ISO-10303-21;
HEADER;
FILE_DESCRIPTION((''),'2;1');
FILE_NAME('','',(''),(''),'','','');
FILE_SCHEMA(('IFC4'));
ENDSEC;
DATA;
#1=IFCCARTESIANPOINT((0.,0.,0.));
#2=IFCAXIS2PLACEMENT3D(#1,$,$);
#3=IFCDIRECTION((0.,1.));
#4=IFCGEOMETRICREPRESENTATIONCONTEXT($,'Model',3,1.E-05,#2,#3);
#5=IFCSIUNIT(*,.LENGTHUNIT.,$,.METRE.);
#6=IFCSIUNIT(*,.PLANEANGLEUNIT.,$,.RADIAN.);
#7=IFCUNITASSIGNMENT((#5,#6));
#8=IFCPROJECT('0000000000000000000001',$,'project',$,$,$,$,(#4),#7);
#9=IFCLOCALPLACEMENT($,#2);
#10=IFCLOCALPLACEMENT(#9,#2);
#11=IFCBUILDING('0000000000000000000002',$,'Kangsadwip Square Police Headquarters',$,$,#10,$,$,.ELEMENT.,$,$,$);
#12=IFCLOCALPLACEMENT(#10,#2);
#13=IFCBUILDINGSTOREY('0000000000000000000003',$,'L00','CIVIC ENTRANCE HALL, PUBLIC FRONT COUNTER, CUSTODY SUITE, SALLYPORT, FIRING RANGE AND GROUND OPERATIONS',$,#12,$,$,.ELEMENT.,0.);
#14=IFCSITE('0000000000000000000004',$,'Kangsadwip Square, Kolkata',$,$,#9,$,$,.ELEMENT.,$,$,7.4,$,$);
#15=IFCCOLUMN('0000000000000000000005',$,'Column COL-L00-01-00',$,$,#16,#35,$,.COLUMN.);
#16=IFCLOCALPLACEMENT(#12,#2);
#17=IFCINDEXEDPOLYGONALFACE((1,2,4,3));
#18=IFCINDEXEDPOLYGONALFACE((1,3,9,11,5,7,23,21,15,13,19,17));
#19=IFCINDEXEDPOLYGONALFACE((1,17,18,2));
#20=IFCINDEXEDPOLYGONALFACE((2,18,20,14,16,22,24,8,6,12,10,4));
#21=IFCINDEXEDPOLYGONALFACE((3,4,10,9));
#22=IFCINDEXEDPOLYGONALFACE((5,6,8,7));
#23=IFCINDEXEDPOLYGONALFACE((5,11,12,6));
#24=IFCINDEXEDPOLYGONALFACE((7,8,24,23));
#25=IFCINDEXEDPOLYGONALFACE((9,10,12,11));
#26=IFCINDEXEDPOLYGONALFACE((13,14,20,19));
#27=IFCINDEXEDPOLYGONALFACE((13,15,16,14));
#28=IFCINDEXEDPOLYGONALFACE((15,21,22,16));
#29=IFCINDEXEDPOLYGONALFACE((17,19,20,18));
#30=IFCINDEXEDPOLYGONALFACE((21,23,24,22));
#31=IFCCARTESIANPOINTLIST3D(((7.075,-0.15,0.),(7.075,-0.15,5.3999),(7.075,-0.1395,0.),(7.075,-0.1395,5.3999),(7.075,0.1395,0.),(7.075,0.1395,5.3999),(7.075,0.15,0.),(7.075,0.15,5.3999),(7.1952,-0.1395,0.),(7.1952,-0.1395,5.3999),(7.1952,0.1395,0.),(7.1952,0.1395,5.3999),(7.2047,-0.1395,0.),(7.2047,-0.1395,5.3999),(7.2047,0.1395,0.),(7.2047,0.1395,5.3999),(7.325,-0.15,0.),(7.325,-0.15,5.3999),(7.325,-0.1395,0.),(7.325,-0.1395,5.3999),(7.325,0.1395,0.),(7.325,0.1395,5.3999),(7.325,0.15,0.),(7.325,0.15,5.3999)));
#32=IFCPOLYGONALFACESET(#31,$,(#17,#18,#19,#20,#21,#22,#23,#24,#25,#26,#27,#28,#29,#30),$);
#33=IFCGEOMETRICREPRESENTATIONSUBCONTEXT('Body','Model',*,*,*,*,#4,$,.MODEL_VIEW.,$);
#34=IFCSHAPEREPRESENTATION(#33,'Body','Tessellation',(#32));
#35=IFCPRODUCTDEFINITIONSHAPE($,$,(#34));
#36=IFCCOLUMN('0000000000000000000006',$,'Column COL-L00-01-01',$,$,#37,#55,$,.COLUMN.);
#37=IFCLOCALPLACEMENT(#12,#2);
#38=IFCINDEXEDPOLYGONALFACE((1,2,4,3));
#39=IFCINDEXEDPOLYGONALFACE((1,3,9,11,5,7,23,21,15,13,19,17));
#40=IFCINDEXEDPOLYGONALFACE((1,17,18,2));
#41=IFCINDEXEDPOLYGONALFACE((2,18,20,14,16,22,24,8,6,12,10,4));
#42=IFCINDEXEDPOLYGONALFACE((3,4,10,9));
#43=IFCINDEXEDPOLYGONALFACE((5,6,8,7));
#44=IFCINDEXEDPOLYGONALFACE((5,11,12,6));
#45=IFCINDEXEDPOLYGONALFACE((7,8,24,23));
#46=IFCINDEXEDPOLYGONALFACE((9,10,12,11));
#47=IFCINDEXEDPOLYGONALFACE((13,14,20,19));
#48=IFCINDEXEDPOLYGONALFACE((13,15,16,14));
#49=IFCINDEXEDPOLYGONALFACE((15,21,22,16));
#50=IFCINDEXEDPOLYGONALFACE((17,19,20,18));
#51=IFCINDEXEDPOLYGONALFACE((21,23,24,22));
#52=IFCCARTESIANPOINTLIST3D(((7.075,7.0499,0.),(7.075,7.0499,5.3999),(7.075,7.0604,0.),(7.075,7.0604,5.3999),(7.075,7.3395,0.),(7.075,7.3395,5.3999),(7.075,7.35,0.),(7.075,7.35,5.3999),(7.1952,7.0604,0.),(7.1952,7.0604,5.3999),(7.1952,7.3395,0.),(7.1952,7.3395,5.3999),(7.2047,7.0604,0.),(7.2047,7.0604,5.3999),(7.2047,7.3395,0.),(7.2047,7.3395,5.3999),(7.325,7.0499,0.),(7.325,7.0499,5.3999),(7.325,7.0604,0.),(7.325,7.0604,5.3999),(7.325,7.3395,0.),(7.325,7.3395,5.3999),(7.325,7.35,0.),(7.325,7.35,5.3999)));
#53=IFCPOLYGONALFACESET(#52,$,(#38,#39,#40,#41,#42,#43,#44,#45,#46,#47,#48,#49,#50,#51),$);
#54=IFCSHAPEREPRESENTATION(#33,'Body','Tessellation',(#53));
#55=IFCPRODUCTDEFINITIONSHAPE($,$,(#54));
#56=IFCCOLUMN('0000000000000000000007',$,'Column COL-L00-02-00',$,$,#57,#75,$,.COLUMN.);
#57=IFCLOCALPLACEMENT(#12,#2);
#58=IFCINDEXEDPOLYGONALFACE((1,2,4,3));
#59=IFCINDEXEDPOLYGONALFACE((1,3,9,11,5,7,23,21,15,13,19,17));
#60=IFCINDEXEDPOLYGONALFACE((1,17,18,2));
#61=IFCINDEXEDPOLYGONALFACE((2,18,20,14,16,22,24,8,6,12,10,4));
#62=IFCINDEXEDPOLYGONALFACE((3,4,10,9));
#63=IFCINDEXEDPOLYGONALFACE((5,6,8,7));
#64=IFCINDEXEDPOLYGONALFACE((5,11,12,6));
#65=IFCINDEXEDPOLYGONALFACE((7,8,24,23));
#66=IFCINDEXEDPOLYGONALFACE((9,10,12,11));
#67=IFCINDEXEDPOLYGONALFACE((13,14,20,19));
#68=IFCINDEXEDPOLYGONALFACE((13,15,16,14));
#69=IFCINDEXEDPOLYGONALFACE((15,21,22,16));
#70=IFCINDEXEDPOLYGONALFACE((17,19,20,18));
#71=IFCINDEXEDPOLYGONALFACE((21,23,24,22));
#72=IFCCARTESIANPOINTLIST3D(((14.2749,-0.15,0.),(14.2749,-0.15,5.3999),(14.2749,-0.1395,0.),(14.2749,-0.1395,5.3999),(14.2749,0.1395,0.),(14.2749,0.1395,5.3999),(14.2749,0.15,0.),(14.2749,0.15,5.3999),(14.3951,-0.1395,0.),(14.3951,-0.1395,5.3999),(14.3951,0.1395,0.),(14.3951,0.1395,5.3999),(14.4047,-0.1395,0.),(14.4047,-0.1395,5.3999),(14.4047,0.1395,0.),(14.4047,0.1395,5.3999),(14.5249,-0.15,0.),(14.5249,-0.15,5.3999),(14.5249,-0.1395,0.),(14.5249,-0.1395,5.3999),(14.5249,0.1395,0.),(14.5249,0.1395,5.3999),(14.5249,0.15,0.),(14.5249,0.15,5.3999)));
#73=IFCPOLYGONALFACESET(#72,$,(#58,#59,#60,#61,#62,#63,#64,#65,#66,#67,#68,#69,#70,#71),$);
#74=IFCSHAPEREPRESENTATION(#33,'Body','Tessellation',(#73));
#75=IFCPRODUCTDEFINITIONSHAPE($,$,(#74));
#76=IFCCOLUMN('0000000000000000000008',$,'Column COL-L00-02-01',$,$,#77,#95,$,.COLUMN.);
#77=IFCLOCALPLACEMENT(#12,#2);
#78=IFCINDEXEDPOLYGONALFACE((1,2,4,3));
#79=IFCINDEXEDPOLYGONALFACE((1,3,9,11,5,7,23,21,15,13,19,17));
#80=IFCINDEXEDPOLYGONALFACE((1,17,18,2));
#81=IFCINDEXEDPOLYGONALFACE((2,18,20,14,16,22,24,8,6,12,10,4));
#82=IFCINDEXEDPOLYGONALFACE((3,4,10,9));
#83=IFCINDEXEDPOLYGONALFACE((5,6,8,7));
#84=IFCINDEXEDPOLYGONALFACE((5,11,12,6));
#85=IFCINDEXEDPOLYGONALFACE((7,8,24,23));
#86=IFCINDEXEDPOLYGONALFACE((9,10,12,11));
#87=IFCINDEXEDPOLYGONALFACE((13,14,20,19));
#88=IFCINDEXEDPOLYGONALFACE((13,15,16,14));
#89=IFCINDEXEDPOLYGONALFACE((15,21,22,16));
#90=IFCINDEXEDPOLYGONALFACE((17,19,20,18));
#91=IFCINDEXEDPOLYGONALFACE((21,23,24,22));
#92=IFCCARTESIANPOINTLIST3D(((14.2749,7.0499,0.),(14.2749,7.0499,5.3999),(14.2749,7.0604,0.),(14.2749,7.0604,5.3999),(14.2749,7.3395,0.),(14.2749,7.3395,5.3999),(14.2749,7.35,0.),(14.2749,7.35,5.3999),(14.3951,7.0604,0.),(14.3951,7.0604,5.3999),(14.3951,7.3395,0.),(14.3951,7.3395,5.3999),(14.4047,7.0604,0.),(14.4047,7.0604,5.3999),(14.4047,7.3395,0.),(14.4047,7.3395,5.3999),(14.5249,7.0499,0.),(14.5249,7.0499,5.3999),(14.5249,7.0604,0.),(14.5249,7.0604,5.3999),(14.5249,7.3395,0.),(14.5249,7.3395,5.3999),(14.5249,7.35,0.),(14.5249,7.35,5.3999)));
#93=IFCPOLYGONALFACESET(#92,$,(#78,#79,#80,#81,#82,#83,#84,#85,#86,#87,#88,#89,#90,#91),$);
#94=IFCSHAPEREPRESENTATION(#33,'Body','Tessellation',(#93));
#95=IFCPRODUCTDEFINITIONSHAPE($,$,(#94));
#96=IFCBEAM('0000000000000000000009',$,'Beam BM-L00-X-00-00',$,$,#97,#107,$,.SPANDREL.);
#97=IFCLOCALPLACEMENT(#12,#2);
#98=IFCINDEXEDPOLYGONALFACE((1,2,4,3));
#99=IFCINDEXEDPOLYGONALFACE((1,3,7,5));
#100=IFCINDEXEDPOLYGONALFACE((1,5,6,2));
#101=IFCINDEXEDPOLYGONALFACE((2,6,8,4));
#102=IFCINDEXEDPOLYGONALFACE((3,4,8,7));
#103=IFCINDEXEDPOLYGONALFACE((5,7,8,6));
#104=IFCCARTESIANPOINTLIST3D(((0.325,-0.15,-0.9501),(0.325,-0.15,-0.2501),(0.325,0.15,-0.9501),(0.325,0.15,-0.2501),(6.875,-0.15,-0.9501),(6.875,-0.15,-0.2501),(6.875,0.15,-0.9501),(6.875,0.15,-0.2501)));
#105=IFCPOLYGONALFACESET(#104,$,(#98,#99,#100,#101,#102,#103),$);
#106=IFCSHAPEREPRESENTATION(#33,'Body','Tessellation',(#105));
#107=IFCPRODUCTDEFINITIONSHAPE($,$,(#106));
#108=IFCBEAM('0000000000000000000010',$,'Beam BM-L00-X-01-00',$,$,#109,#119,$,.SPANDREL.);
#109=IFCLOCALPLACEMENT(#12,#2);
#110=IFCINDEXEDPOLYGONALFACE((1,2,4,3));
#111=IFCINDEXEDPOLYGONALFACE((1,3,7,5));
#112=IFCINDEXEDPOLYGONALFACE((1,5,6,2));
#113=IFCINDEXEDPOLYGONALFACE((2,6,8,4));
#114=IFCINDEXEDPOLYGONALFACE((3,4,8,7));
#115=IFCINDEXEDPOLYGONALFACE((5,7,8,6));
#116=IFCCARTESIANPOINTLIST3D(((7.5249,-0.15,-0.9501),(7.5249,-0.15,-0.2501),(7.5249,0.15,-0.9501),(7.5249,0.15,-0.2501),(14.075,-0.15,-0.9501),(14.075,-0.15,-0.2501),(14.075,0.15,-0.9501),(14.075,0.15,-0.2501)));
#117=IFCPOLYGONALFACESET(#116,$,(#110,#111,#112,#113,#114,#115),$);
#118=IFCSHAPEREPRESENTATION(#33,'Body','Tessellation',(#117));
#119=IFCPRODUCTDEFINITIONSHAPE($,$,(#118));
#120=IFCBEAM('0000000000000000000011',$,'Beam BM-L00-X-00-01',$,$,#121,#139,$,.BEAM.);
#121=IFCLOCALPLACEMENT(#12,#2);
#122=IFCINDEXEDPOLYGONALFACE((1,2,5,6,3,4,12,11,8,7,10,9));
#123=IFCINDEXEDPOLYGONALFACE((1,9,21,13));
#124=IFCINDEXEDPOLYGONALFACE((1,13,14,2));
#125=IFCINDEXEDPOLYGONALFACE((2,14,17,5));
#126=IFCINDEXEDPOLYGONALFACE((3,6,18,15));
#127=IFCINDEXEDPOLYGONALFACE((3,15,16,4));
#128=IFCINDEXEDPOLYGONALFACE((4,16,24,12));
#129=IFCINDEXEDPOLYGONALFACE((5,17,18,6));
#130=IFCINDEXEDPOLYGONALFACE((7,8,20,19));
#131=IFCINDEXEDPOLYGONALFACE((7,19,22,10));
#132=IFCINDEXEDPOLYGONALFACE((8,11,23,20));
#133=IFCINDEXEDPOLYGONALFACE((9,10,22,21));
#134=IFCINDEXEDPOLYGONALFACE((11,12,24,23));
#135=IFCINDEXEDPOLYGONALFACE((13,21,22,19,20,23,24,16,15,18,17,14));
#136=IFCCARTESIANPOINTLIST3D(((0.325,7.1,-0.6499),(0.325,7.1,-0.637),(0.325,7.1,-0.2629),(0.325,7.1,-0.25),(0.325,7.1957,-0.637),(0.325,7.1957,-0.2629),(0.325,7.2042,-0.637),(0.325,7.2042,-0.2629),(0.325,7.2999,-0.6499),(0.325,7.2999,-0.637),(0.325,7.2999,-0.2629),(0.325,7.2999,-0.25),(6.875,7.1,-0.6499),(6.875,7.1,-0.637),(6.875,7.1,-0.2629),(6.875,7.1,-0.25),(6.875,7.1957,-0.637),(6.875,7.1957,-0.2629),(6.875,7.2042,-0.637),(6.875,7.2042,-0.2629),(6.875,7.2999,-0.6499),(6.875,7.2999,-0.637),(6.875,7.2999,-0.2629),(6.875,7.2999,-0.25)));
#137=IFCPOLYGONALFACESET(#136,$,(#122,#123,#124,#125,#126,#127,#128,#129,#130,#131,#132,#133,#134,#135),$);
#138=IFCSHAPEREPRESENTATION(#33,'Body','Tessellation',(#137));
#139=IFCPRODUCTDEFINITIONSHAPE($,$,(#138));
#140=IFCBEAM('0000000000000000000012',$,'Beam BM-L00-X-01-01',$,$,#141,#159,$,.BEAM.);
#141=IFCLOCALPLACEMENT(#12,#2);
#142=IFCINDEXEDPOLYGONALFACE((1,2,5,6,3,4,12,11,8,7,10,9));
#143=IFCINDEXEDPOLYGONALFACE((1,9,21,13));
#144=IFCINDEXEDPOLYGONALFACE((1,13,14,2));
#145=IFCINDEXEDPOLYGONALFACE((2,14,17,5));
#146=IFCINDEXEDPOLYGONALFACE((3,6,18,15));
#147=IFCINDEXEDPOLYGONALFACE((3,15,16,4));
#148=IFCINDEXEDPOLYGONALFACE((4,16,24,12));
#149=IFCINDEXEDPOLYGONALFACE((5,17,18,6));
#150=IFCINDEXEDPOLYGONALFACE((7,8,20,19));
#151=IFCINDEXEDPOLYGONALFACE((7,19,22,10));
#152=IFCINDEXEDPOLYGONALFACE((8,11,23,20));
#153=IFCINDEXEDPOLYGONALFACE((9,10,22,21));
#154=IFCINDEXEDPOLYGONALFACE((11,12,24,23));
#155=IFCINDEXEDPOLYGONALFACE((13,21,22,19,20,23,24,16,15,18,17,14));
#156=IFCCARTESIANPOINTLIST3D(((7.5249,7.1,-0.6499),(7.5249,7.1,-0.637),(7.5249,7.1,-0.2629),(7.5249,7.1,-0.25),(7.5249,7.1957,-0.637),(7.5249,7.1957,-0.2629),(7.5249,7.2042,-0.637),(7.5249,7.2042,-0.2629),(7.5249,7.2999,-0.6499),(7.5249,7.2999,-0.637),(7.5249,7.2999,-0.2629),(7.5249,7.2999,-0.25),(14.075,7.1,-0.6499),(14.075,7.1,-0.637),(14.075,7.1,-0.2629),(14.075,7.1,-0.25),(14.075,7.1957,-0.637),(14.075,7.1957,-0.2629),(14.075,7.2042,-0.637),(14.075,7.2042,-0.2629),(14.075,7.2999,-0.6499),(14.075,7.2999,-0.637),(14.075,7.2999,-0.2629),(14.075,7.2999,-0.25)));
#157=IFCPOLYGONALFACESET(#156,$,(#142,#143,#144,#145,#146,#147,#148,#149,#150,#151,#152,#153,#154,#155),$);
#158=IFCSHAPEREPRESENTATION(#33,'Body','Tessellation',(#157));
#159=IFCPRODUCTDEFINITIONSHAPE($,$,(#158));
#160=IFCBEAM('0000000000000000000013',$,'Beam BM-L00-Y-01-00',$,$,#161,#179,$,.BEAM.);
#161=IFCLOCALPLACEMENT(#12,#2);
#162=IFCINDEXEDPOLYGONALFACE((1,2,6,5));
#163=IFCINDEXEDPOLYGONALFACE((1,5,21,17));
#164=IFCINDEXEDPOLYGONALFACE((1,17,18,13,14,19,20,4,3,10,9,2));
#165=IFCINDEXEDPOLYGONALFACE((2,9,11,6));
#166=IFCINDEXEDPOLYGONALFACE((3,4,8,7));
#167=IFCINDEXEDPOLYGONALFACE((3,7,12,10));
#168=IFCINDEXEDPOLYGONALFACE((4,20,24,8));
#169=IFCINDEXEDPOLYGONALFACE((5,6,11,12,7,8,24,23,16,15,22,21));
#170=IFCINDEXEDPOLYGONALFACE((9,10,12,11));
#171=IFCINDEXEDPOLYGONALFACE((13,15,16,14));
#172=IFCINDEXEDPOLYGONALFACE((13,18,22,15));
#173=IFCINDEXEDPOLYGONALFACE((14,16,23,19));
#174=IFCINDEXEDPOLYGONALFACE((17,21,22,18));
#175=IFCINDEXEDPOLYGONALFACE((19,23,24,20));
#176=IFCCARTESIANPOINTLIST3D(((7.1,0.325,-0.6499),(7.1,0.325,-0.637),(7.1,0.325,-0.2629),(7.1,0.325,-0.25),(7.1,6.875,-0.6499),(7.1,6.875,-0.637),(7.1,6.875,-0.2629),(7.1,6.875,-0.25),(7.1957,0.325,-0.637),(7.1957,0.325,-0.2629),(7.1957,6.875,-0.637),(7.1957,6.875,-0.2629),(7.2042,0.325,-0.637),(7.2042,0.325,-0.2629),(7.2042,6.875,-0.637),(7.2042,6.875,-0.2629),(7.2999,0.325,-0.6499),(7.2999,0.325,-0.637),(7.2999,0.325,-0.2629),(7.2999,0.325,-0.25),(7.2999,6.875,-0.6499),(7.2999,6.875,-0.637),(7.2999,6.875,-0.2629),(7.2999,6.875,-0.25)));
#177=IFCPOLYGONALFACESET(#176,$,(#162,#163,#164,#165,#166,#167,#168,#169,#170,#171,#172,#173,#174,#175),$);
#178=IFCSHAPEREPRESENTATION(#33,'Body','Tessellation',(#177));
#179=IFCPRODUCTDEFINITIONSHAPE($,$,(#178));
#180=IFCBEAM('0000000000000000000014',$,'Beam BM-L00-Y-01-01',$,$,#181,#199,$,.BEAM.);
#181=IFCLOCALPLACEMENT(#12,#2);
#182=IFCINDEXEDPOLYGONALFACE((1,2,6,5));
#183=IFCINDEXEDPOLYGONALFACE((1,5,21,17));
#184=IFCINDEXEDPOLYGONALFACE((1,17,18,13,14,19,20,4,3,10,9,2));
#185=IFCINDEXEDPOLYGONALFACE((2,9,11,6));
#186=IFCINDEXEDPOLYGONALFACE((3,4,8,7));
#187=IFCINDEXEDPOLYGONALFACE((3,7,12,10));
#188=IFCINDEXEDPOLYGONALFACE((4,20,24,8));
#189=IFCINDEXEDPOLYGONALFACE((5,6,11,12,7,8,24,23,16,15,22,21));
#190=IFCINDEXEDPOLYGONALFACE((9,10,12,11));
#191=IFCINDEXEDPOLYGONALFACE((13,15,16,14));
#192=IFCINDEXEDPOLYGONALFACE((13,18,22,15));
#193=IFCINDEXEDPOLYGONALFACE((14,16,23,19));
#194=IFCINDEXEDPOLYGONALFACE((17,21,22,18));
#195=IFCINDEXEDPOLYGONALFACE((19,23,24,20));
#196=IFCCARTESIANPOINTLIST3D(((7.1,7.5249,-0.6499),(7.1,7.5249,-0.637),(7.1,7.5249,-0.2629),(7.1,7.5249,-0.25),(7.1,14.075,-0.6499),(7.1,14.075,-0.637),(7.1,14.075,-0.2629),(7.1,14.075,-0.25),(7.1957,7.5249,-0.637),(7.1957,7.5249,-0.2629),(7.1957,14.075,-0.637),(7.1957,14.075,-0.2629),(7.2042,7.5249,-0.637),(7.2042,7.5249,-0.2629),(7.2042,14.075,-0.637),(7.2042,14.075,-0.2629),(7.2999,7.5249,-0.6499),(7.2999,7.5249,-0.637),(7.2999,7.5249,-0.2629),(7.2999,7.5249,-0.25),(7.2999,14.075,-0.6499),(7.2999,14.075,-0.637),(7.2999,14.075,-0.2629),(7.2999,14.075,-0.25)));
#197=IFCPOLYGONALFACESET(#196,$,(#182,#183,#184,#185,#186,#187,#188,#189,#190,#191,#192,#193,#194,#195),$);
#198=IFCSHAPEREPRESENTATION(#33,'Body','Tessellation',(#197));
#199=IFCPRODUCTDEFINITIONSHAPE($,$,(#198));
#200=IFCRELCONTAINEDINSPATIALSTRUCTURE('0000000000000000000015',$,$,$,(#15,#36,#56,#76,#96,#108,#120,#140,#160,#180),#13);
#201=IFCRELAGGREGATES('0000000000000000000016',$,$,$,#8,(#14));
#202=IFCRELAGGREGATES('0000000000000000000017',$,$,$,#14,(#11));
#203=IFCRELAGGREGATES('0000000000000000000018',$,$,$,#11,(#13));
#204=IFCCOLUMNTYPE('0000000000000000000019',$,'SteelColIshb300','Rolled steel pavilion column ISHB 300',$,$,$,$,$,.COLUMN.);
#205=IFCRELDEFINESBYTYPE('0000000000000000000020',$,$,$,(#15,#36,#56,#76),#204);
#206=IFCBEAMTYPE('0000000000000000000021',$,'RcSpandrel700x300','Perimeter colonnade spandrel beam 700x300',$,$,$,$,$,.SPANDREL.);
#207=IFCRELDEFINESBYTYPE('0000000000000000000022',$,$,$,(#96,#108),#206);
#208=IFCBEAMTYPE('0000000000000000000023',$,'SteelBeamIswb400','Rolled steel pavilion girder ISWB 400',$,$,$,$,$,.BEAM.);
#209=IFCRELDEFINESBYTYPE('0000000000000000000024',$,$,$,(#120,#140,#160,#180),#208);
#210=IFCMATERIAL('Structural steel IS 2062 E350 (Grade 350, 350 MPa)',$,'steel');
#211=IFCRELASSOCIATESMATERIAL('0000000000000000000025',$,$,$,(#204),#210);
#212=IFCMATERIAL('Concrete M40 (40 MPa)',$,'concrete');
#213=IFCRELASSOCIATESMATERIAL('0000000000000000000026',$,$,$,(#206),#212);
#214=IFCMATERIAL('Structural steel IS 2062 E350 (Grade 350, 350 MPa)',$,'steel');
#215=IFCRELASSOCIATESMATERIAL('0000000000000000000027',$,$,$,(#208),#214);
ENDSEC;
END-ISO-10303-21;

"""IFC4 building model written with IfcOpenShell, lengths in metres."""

from ifc_helpers import new_model, si_unit, direction, frame, origin, origin_2d, place, context, subcontext, project, spatial, rectangle, i_section, extrude, material, material_profile, profile_set, type_object, element, save


model = new_model("IFC4")

# Units and contexts
model_context = context("Model", 3, precision=1e-05, world=origin(), true_north=direction((0.0, 1.0)))
body_context = subcontext(model_context, "Body", "Model", "MODEL_VIEW")
ifc_project = project(units=[si_unit("LENGTHUNIT", "METRE"), si_unit("PLANEANGLEUNIT", "RADIAN")], contexts=[model_context])

# Site, building, storey
site_placement = place(None, origin())
site = spatial("IfcSite", under=ifc_project, at=site_placement, Name="Kangsadwip Square, Kolkata", CompositionType="ELEMENT", RefElevation=7.4)
building_placement = place(site_placement, origin())
building = spatial("IfcBuilding", under=site, at=building_placement, Name="Kangsadwip Square Police Headquarters", CompositionType="ELEMENT")
storey_placement = place(building_placement, origin())
storey = spatial("IfcBuildingStorey", under=building, at=storey_placement, Name="L00", Description="CIVIC ENTRANCE HALL, PUBLIC FRONT COUNTER, CUSTODY SUITE, SALLYPORT, FIRING RANGE AND GROUND OPERATIONS", CompositionType="ELEMENT", Elevation=0.0)

# Columns
ifc_material_1 = material(Name="Structural steel IS 2062 E350 (Grade 350, 350 MPa)", Category="steel")
ifc_material_profile_1 = material_profile(ifc_material_1, i_section(OverallWidth=0.25, OverallDepth=0.3, WebThickness=0.0095, FlangeThickness=0.0105, at=origin_2d()), Name="ISHB 300")
ifc_profile_set_1 = profile_set([ifc_material_profile_1], Name="Structural steel IS 2062 E350 (Grade 350, 350 MPa)")
column_type = type_object("IfcColumnType", Name="SteelColIshb300", Description="Rolled steel pavilion column ISHB 300", PredefinedType="COLUMN", material=ifc_profile_set_1)
for number, where, z_axis, x_axis, name in (
    (1, (7.2, 0.0, 0.0), (0.0, 0.0, 1.0), (1.0, 0.0, 0.0), "Column COL-L00-01-00"),
    (2, (7.2, 7.2, 0.0), (0.0, 0.0, 1.0), (1.0, 0.0, 0.0), "Column COL-L00-01-01"),
    (3, (14.3999, 0.0, 0.0), (0.0, 0.0, 1.0), (1.0, 0.0, 0.0), "Column COL-L00-02-00"),
    (4, (14.3999, 7.2, 0.0), (0.0, 0.0, 1.0), (1.0, 0.0, 0.0), "Column COL-L00-02-01"),
):
    element("IfcColumn", number, at=place(storey_placement, frame(where, z_axis=z_axis, x_axis=x_axis)), inside=storey, type_object=column_type, Name=name, PredefinedType="COLUMN", context=body_context, shape_type="SweptSolid", body=[
        extrude(i_section(OverallWidth=0.25, OverallDepth=0.3, WebThickness=0.0095, FlangeThickness=0.0105, at=origin_2d()), origin(), (0.0, 0.0, 1.0), 5.3999),
    ])

# Beams
ifc_material_2 = material(Name="Concrete M40 (40 MPa)", Category="concrete")
ifc_material_profile_2 = material_profile(ifc_material_2, rectangle(XDim=0.3, YDim=0.7, at=origin_2d()), Name="RC SPN 700X300")
ifc_profile_set_2 = profile_set([ifc_material_profile_2], Name="Concrete M40 (40 MPa)")
beam_type_1 = type_object("IfcBeamType", Name="RcSpandrel700x300", Description="Perimeter colonnade spandrel beam 700x300", PredefinedType="SPANDREL", material=ifc_profile_set_2)
for number, where, z_axis, x_axis, name in (
    (5, (0.325, 0.0, -0.6001), (1.0, 0.0, 0.0), (0.0, 1.0, 0.0), "Beam BM-L00-X-00-00"),
    (6, (7.5249, 0.0, -0.6001), (1.0, 0.0, 0.0), (0.0, 1.0, 0.0), "Beam BM-L00-X-01-00"),
):
    element("IfcBeam", number, at=place(storey_placement, frame(where, z_axis=z_axis, x_axis=x_axis)), inside=storey, type_object=beam_type_1, Name=name, PredefinedType="SPANDREL", context=body_context, shape_type="SweptSolid", body=[
        extrude(rectangle(XDim=0.3, YDim=0.7, at=origin_2d()), origin(), (0.0, 0.0, 1.0), 6.55),
    ])
ifc_material_3 = material(Name="Structural steel IS 2062 E350 (Grade 350, 350 MPa)", Category="steel")
ifc_material_profile_3 = material_profile(ifc_material_3, i_section(OverallWidth=0.2, OverallDepth=0.3999, WebThickness=0.0085, FlangeThickness=0.0129, at=origin_2d()), Name="ISWB 400")
ifc_profile_set_3 = profile_set([ifc_material_profile_3], Name="Structural steel IS 2062 E350 (Grade 350, 350 MPa)")
beam_type_2 = type_object("IfcBeamType", Name="SteelBeamIswb400", Description="Rolled steel pavilion girder ISWB 400", PredefinedType="BEAM", material=ifc_profile_set_3)
for number, where, z_axis, x_axis, name in (
    (7, (0.325, 7.2, -0.45), (1.0, 0.0, 0.0), (0.0, 1.0, 0.0), "Beam BM-L00-X-00-01"),
    (8, (7.5249, 7.2, -0.45), (1.0, 0.0, 0.0), (0.0, 1.0, 0.0), "Beam BM-L00-X-01-01"),
    (9, (7.2, 0.325, -0.45), (0.0, 1.0, 0.0), (-1.0, 0.0, 0.0), "Beam BM-L00-Y-01-00"),
    (10, (7.2, 7.5249, -0.45), (0.0, 1.0, 0.0), (-1.0, 0.0, 0.0), "Beam BM-L00-Y-01-01"),
):
    element("IfcBeam", number, at=place(storey_placement, frame(where, z_axis=z_axis, x_axis=x_axis)), inside=storey, type_object=beam_type_2, Name=name, PredefinedType="BEAM", context=body_context, shape_type="SweptSolid", body=[
        extrude(i_section(OverallWidth=0.2, OverallDepth=0.3999, WebThickness=0.0085, FlangeThickness=0.0129, at=origin_2d()), origin(), (0.0, 0.0, 1.0), 6.55),
    ])

save(model, "model.ifc")
